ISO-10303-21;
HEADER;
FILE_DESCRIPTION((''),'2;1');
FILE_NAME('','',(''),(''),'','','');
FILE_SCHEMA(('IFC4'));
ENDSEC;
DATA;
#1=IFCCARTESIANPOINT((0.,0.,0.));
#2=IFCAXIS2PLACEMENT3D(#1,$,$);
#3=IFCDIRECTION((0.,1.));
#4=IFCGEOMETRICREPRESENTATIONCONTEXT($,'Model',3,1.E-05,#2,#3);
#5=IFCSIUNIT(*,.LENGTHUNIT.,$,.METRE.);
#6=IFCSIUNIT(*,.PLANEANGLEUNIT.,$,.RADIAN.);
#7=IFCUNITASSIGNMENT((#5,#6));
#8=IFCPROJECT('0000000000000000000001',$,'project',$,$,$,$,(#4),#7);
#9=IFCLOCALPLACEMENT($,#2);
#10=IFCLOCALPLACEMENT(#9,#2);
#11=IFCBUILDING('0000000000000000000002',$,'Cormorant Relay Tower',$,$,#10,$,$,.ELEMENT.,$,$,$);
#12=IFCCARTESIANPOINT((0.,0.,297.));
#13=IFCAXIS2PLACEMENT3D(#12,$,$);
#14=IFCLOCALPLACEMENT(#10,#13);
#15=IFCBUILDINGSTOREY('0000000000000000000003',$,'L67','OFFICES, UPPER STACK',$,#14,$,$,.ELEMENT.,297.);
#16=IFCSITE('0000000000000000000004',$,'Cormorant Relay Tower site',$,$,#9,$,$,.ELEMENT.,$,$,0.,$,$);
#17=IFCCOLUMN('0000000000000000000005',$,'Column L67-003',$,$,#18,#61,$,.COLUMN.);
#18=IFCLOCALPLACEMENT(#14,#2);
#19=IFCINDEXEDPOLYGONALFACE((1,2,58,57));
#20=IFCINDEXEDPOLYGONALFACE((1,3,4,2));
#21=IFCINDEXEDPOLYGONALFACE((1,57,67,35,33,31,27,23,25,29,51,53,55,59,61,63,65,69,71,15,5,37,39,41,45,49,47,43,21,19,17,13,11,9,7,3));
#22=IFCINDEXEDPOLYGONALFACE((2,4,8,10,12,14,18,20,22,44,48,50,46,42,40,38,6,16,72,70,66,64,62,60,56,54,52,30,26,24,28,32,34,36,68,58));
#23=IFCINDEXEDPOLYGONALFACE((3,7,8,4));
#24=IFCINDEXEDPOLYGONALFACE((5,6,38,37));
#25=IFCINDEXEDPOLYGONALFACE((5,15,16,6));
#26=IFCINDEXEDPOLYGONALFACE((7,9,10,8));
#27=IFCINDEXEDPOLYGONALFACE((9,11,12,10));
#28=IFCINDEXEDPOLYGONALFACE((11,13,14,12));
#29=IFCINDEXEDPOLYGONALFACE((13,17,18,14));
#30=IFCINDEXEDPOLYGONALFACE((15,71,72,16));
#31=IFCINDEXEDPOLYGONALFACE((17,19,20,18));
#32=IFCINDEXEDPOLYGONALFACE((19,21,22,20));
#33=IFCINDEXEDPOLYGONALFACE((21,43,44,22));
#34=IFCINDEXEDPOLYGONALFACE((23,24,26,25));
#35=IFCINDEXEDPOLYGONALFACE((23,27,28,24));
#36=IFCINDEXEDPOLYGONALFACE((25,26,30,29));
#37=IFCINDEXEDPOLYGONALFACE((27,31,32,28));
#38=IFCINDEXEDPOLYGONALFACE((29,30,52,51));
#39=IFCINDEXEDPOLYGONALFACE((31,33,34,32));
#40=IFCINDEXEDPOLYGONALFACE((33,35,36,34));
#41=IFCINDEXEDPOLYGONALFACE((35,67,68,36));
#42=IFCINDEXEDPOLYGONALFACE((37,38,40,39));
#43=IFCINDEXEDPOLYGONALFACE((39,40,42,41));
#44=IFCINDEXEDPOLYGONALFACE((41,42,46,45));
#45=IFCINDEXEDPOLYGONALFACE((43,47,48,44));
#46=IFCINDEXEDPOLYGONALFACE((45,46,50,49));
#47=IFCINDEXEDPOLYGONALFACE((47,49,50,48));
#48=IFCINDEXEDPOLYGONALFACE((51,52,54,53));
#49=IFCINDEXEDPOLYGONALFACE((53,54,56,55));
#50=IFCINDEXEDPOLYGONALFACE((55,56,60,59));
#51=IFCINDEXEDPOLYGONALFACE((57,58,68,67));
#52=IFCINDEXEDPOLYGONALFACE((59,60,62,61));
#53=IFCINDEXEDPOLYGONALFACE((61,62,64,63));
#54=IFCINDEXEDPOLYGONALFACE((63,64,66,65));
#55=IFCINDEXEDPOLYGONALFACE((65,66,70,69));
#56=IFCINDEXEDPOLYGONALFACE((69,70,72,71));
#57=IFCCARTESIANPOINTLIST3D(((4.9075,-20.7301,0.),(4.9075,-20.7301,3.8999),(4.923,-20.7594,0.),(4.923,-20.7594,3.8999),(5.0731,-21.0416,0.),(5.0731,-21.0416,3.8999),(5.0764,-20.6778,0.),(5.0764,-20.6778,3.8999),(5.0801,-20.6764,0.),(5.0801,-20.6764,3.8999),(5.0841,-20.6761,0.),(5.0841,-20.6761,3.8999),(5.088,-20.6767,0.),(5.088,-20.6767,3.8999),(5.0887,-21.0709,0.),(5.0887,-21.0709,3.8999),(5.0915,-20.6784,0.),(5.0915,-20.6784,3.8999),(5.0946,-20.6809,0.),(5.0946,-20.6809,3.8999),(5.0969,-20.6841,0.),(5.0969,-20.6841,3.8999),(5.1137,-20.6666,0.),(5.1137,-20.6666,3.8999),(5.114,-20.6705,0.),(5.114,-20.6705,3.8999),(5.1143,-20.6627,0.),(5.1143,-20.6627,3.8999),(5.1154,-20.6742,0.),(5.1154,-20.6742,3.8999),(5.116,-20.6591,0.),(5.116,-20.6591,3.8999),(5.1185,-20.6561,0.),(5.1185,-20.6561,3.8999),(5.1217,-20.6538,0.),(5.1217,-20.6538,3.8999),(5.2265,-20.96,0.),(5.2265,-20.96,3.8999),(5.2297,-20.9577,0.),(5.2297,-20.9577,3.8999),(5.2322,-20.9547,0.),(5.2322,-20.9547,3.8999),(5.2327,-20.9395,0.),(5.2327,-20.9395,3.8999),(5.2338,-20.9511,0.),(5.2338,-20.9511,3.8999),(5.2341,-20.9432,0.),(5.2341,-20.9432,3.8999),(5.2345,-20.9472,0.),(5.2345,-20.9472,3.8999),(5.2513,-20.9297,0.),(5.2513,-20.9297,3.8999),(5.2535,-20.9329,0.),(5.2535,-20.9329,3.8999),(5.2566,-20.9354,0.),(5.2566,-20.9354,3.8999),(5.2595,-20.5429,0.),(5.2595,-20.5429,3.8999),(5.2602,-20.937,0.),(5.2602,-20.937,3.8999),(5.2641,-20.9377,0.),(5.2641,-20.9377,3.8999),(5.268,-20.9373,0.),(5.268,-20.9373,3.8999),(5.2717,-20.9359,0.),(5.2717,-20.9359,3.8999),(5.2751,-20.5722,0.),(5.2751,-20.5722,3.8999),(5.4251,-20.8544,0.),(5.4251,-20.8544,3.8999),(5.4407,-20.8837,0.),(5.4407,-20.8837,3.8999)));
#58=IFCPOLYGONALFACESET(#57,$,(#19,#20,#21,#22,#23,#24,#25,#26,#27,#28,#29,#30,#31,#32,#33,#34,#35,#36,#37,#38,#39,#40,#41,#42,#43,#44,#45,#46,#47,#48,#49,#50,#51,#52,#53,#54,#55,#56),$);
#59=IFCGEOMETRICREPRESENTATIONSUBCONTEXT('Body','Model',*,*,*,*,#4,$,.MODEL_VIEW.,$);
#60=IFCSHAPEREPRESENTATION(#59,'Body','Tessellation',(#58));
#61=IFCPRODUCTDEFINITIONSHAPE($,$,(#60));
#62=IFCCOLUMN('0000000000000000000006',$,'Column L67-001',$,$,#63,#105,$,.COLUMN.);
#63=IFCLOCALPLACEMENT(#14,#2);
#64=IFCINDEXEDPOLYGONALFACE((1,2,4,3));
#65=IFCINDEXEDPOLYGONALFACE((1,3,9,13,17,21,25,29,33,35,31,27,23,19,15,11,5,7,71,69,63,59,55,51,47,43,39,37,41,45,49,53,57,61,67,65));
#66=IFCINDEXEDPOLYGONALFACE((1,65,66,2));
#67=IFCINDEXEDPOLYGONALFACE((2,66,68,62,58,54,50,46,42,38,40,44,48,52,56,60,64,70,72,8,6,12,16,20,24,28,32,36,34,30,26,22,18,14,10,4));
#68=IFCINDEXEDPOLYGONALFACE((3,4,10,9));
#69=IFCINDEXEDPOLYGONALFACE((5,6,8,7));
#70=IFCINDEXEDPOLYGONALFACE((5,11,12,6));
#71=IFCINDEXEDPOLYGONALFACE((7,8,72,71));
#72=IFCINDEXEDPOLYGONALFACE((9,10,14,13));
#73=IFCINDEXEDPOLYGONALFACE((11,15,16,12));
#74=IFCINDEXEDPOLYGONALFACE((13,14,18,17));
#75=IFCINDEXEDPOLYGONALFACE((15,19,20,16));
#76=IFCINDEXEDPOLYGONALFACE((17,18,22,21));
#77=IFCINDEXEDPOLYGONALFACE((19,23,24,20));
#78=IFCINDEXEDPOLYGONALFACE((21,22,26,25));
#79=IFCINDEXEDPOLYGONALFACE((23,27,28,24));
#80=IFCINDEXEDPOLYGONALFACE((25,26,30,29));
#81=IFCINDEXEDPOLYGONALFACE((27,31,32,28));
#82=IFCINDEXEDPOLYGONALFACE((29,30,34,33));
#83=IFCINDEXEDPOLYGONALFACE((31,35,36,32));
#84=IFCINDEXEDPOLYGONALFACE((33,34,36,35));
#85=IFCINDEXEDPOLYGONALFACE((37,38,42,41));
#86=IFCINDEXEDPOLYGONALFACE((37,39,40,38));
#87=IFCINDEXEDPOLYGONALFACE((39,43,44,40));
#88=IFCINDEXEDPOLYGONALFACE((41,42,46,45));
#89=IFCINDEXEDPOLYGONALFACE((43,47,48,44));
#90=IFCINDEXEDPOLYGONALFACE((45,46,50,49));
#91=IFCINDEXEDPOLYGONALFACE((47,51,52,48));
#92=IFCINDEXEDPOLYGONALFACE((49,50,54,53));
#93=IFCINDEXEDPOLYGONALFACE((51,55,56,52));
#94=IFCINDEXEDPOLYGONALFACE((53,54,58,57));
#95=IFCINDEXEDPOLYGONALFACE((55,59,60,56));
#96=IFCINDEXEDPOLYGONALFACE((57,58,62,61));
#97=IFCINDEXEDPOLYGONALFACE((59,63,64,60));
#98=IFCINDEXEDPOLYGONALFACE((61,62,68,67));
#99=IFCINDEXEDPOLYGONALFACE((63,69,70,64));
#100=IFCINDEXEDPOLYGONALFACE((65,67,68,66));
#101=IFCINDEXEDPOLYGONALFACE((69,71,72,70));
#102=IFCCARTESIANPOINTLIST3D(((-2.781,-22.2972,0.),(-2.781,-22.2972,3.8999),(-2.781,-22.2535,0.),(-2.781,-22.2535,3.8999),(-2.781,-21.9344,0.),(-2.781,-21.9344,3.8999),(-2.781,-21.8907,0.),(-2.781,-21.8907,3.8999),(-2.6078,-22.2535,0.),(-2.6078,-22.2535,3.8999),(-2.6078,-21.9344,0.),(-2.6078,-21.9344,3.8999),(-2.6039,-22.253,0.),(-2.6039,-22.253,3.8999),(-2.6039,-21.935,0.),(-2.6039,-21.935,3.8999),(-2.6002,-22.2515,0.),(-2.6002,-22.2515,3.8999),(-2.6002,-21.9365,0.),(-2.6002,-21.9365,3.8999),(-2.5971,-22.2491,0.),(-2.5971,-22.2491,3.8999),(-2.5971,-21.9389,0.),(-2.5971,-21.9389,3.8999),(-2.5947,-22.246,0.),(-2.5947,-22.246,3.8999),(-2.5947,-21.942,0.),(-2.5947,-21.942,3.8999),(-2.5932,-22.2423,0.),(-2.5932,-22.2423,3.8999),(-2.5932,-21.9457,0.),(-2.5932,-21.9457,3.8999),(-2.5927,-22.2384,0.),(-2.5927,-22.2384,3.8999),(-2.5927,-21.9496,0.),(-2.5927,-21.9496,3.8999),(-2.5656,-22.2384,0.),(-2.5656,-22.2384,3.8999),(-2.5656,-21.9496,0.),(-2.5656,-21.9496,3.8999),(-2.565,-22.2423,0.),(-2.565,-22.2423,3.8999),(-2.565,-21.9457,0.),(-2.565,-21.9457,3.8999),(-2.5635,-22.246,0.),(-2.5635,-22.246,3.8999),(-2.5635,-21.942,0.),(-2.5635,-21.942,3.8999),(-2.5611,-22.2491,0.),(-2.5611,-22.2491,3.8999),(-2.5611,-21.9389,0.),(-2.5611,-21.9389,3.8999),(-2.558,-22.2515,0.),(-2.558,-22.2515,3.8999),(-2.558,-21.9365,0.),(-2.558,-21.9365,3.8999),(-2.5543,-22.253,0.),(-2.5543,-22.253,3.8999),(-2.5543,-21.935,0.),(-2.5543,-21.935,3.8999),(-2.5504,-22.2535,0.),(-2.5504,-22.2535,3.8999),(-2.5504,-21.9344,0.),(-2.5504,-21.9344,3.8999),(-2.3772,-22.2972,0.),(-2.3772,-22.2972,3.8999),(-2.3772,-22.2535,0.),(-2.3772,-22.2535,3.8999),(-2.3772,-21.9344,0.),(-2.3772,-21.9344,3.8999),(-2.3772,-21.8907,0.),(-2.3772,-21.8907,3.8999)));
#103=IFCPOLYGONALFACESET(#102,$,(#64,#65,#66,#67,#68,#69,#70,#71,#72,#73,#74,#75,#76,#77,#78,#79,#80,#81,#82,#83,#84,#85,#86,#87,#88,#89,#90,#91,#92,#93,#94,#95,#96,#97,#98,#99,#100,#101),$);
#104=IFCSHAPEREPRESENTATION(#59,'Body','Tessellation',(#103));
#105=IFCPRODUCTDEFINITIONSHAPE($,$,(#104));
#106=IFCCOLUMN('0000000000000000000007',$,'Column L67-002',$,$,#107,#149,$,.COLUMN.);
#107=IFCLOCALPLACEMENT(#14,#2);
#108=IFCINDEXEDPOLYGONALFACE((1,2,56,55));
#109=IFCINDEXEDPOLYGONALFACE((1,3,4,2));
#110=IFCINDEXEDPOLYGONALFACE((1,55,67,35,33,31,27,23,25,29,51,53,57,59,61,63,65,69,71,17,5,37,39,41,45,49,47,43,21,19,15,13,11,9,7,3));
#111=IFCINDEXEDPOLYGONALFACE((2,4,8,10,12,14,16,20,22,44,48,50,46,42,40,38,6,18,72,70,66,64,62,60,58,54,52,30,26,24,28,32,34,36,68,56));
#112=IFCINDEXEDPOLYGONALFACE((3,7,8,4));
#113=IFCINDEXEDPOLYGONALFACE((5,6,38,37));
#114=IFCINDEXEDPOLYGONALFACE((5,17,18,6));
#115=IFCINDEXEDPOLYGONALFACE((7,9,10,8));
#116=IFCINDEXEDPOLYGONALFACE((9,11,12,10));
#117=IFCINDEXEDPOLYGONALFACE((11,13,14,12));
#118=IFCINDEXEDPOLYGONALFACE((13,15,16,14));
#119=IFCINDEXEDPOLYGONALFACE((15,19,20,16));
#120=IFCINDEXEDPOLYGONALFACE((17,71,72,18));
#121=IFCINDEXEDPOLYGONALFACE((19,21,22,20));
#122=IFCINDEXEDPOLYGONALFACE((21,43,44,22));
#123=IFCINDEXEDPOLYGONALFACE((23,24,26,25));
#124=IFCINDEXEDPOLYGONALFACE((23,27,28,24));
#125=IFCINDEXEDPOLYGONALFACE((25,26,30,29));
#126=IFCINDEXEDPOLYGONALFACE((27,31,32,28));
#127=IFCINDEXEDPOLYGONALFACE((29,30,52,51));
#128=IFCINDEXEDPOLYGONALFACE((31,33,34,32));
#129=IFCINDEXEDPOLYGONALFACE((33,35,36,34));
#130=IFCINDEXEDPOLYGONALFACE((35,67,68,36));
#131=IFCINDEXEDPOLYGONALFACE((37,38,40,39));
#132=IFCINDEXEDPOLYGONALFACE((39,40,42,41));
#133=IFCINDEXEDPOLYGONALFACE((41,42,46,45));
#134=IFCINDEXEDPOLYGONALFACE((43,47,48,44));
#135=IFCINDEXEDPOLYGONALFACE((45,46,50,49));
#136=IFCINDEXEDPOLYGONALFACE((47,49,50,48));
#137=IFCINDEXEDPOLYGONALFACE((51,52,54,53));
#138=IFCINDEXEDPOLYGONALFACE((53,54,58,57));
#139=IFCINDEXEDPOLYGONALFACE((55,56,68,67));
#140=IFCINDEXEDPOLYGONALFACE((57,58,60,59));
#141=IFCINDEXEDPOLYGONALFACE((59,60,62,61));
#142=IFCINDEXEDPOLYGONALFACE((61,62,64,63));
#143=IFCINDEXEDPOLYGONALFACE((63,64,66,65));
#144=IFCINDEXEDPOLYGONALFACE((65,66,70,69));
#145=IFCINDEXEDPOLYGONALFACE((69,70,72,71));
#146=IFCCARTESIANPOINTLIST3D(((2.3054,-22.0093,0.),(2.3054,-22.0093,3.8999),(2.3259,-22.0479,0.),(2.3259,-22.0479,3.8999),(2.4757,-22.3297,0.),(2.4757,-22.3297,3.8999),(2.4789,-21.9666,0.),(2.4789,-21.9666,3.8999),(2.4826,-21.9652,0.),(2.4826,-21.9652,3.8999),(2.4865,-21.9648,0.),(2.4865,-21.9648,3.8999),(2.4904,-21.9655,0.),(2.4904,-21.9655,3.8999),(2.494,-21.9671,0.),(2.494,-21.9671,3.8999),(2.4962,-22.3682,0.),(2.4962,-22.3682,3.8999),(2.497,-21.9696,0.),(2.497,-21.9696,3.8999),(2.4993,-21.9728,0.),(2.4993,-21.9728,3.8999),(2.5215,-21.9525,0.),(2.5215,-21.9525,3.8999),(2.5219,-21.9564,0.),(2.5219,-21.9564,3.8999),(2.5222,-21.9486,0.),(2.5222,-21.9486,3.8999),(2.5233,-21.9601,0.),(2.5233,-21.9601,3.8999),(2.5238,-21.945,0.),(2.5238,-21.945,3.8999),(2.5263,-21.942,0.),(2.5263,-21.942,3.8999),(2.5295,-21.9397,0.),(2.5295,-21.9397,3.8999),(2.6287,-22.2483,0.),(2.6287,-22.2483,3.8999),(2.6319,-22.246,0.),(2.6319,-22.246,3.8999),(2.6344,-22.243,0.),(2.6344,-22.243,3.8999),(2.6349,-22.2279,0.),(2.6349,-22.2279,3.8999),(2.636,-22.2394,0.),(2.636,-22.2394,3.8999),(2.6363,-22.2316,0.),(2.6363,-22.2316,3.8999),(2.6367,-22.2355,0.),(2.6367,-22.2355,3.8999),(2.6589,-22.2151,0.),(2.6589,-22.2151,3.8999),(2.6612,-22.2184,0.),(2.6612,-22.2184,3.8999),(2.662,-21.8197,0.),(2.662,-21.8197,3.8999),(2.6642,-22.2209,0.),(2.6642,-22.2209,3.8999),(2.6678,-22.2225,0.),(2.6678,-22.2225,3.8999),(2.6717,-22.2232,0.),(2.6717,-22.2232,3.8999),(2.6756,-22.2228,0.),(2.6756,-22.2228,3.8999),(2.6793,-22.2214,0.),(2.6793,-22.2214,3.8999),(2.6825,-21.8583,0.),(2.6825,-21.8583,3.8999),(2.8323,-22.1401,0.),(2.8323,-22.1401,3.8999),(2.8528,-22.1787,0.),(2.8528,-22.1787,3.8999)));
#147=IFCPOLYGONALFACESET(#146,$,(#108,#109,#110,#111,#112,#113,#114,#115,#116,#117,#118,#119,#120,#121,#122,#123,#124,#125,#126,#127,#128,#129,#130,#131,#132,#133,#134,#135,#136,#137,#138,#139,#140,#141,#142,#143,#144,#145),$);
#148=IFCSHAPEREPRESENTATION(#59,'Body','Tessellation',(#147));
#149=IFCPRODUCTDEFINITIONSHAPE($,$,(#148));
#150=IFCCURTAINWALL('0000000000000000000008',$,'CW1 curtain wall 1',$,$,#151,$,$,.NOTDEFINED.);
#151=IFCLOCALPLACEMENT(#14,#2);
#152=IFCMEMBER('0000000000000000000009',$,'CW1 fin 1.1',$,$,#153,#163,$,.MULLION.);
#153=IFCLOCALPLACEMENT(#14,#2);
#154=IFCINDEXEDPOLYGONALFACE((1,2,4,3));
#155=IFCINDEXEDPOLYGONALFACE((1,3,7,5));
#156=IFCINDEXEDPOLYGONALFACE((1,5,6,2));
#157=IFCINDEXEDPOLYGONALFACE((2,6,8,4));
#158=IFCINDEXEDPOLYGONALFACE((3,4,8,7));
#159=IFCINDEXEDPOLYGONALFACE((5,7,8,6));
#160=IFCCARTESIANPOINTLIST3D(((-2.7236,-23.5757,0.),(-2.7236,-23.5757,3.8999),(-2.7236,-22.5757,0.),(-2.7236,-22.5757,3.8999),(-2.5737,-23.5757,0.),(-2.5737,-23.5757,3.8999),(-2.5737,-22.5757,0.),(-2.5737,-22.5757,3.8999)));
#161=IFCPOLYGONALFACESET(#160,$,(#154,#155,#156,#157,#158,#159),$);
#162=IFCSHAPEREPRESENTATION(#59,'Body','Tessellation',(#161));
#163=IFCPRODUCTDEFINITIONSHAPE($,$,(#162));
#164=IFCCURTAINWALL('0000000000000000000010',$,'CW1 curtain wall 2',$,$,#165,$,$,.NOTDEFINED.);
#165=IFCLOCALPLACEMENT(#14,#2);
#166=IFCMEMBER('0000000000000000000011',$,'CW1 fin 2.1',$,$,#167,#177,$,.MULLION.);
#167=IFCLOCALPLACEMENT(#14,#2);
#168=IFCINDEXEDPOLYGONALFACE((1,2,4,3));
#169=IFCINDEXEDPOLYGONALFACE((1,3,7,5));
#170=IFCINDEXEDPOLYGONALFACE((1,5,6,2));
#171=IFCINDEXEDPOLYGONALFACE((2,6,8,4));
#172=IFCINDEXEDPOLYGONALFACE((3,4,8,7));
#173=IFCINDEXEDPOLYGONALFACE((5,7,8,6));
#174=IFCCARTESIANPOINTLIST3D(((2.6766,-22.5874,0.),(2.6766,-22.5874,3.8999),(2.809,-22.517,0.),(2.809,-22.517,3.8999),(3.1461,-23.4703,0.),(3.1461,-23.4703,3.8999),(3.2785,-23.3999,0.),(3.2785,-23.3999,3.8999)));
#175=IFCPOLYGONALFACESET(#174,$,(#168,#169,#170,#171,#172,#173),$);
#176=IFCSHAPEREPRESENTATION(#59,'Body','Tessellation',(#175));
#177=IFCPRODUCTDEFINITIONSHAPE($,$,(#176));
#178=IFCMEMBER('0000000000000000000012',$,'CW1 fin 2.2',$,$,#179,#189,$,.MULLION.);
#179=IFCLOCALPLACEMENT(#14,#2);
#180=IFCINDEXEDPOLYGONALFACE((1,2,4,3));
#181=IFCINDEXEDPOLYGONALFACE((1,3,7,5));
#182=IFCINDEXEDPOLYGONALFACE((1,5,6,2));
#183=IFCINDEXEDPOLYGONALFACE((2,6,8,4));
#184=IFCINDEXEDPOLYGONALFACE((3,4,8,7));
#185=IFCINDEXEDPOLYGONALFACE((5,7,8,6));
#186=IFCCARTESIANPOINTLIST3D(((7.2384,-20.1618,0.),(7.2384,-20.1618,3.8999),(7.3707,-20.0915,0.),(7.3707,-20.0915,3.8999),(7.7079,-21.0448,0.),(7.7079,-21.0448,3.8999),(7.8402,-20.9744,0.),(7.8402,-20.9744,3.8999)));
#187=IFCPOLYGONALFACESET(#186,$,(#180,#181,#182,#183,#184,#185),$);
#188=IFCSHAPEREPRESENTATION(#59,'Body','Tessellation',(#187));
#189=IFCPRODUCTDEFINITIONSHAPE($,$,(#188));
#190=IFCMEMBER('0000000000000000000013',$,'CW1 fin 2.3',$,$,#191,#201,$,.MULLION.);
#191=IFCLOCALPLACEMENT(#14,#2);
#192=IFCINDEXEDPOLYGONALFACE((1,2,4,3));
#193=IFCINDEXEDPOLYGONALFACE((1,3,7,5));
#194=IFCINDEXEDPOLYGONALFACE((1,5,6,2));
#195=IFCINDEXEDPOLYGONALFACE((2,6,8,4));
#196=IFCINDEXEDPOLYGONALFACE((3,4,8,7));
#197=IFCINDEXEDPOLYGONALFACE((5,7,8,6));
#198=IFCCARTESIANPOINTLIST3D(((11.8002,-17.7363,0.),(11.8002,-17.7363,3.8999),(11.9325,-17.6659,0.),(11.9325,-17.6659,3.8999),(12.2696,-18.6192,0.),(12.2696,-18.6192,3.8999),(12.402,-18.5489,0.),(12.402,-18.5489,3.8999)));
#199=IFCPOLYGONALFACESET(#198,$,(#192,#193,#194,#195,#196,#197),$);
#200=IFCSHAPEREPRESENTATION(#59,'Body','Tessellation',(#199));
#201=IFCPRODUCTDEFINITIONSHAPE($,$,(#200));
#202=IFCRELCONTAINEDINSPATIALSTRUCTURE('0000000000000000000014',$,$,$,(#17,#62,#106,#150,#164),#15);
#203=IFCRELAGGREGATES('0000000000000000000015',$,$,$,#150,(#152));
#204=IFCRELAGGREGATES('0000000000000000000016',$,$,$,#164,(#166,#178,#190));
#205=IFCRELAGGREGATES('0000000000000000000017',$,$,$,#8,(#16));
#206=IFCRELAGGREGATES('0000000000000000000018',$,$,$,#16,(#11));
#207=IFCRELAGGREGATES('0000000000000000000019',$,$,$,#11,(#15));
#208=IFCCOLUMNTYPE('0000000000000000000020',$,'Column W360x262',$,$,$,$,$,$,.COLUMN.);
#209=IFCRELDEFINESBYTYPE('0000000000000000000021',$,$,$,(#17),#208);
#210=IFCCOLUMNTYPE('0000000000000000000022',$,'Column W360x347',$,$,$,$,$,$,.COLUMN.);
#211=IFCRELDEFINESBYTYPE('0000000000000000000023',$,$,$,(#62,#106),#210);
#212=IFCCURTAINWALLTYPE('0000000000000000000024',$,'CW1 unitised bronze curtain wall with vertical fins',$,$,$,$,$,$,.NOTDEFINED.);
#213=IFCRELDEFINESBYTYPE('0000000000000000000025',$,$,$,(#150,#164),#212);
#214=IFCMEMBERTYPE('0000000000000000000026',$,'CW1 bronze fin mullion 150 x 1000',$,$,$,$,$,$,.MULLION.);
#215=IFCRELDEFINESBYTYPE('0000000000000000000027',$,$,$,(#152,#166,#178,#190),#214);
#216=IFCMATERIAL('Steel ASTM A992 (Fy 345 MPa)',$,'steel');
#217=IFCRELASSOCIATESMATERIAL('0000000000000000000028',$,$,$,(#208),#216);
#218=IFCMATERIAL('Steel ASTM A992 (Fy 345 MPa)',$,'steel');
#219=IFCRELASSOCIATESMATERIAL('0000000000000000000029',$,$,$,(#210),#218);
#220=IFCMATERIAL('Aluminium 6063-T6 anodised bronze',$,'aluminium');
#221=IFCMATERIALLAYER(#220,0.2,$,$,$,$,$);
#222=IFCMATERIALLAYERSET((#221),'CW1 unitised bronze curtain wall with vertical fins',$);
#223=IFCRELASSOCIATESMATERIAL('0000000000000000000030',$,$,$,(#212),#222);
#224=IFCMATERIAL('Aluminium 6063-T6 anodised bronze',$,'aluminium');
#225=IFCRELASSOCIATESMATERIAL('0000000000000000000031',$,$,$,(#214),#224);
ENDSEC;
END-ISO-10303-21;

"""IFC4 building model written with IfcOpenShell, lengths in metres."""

from ifc_helpers import new_model, si_unit, direction, frame, origin, origin_2d, place, context, subcontext, project, spatial, rectangle, i_section, extrude, material, layer, layer_set, material_profile, profile_set, type_object, element, aggregate, save


model = new_model("IFC4")

# Units and contexts
model_context = context("Model", 3, precision=1e-05, world=origin(), true_north=direction((0.0, 1.0)))
body_context = subcontext(model_context, "Body", "Model", "MODEL_VIEW")
ifc_project = project(units=[si_unit("LENGTHUNIT", "METRE"), si_unit("PLANEANGLEUNIT", "RADIAN")], contexts=[model_context])

# Site, building, storey
site_placement = place(None, origin())
site = spatial("IfcSite", under=ifc_project, at=site_placement, Name="Cormorant Relay Tower site", CompositionType="ELEMENT", RefElevation=0.0)
building_placement = place(site_placement, origin())
building = spatial("IfcBuilding", under=site, at=building_placement, Name="Cormorant Relay Tower", CompositionType="ELEMENT")
storey_placement = place(building_placement, frame((0.0, 0.0, 297.0)))
storey = spatial("IfcBuildingStorey", under=building, at=storey_placement, Name="L67", Description="OFFICES, UPPER STACK", CompositionType="ELEMENT", Elevation=297.0)

# Columns
ifc_material_1 = material(Name="Steel ASTM A992 (Fy 345 MPa)", Category="steel")
ifc_material_profile_1 = material_profile(ifc_material_1, i_section(OverallWidth=0.3987, OverallDepth=0.386, WebThickness=0.021, FlangeThickness=0.0332, FilletRadius=0.0151, at=origin_2d()), Name="W360x262")
ifc_profile_set_1 = profile_set([ifc_material_profile_1], Name="Steel ASTM A992 (Fy 345 MPa)")
column_type_1 = type_object("IfcColumnType", Name="Column W360x262", PredefinedType="COLUMN", material=ifc_profile_set_1)
column_placement = place(storey_placement, frame((5.1741, -20.8069, 0.0), z_axis=(0.0, 0.0, 1.0), x_axis=(0.882948, 0.469472, 0.0)))
element("IfcColumn", 1, at=column_placement, inside=storey, type_object=column_type_1, Name="Column L67-003", PredefinedType="COLUMN", context=body_context, shape_type="SweptSolid", body=[
    extrude(i_section(OverallWidth=0.3987, OverallDepth=0.386, WebThickness=0.021, FlangeThickness=0.0332, FilletRadius=0.0151, at=origin_2d()), origin(), (0.0, 0.0, 1.0), 3.8999),
])
ifc_material_2 = material(Name="Steel ASTM A992 (Fy 345 MPa)", Category="steel")
ifc_material_profile_2 = material_profile(ifc_material_2, i_section(OverallWidth=0.4038, OverallDepth=0.4065, WebThickness=0.0271, FlangeThickness=0.0437, FilletRadius=0.0151, at=origin_2d()), Name="W360x347")
ifc_profile_set_2 = profile_set([ifc_material_profile_2], Name="Steel ASTM A992 (Fy 345 MPa)")
column_type_2 = type_object("IfcColumnType", Name="Column W360x347", PredefinedType="COLUMN", material=ifc_profile_set_2)
for number, where, z_axis, x_axis, name in (
    (2, (-2.5791, -22.094, 0.0), (0.0, 0.0, 1.0), (1.0, 0.0, 0.0), "Column L67-001"),
    (3, (2.5791, -22.094, 0.0), (0.0, 0.0, 1.0), (0.882948, 0.469472, 0.0), "Column L67-002"),
):
    element("IfcColumn", number, at=place(storey_placement, frame(where, z_axis=z_axis, x_axis=x_axis)), inside=storey, type_object=column_type_2, Name=name, PredefinedType="COLUMN", context=body_context, shape_type="SweptSolid", body=[
        extrude(i_section(OverallWidth=0.4038, OverallDepth=0.4065, WebThickness=0.0271, FlangeThickness=0.0437, FilletRadius=0.0151, at=origin_2d()), origin(), (0.0, 0.0, 1.0), 3.8999),
    ])

# Curtain wall, member
ifc_material_3 = material(Name="Aluminium 6063-T6 anodised bronze", Category="aluminium")
ifc_layer_1 = layer(ifc_material_3, 0.2)
ifc_layer_set_1 = layer_set([ifc_layer_1], Name="CW1 unitised bronze curtain wall with vertical fins")
curtain_wall_type = type_object("IfcCurtainWallType", Name="CW1 unitised bronze curtain wall with vertical fins", PredefinedType="NOTDEFINED", material=ifc_layer_set_1)
curtain_wall_1_placement = place(storey_placement, origin())
curtain_wall_1 = element("IfcCurtainWall", 4, at=curtain_wall_1_placement, inside=storey, type_object=curtain_wall_type, Name="CW1 curtain wall 1", PredefinedType="NOTDEFINED")
ifc_material_4 = material(Name="Aluminium 6063-T6 anodised bronze", Category="aluminium")
ifc_material_profile_3 = material_profile(ifc_material_4, rectangle(XDim=0.1499, YDim=1.0, at=origin_2d()), Name="AL 150x1000")
ifc_profile_set_3 = profile_set([ifc_material_profile_3], Name="Aluminium 6063-T6 anodised bronze")
member_type_1 = type_object("IfcMemberType", Name="CW1 bronze fin mullion 150 x 1000", PredefinedType="MULLION", material=ifc_profile_set_3)
member_1_placement = place(storey_placement, frame((-2.6487, -23.0757, 0.0), z_axis=(0.0, 0.0, 1.0), x_axis=(1.0, 0.0, 0.0)))
member_1 = element("IfcMember", 5, at=member_1_placement, type_object=member_type_1, Name="CW1 fin 1.1", PredefinedType="MULLION", context=body_context, shape_type="SweptSolid", body=[
    extrude(rectangle(XDim=0.1499, YDim=1.0, at=origin_2d()), origin(), (0.0, 0.0, 1.0), 3.8999),
])

# Curtain wall, members
curtain_wall_2_placement = place(storey_placement, origin())
curtain_wall_2 = element("IfcCurtainWall", 6, at=curtain_wall_2_placement, inside=storey, type_object=curtain_wall_type, Name="CW1 curtain wall 2", PredefinedType="NOTDEFINED")
member_2_placement = place(storey_placement, frame((2.9775, -22.9937, 0.0), z_axis=(0.0, 0.0, 1.0), x_axis=(0.882948, 0.469472, 0.0)))
member_2 = element("IfcMember", 7, at=member_2_placement, type_object=member_type_1, Name="CW1 fin 2.1", PredefinedType="MULLION", context=body_context, shape_type="SweptSolid", body=[
    extrude(rectangle(XDim=0.1499, YDim=1.0, at=origin_2d()), origin(), (0.0, 0.0, 1.0), 3.8999),
])
member_3_placement = place(storey_placement, frame((7.5393, -20.5681, 0.0), z_axis=(0.0, 0.0, 1.0), x_axis=(0.882948, 0.469472, 0.0)))
member_3 = element("IfcMember", 8, at=member_3_placement, type_object=member_type_1, Name="CW1 fin 2.2", PredefinedType="MULLION", context=body_context, shape_type="SweptSolid", body=[
    extrude(rectangle(XDim=0.1499, YDim=1.0, at=origin_2d()), origin(), (0.0, 0.0, 1.0), 3.8999),
])
member_4_placement = place(storey_placement, frame((12.1011, -18.1426, 0.0), z_axis=(0.0, 0.0, 1.0), x_axis=(0.882948, 0.469472, 0.0)))
member_4 = element("IfcMember", 9, at=member_4_placement, type_object=member_type_1, Name="CW1 fin 2.3", PredefinedType="MULLION", context=body_context, shape_type="SweptSolid", body=[
    extrude(rectangle(XDim=0.1499, YDim=1.0, at=origin_2d()), origin(), (0.0, 0.0, 1.0), 3.8999),
])

aggregate(curtain_wall_1, [member_1])
aggregate(curtain_wall_2, [member_2, member_3, member_4])

save(model, "model.ifc")
